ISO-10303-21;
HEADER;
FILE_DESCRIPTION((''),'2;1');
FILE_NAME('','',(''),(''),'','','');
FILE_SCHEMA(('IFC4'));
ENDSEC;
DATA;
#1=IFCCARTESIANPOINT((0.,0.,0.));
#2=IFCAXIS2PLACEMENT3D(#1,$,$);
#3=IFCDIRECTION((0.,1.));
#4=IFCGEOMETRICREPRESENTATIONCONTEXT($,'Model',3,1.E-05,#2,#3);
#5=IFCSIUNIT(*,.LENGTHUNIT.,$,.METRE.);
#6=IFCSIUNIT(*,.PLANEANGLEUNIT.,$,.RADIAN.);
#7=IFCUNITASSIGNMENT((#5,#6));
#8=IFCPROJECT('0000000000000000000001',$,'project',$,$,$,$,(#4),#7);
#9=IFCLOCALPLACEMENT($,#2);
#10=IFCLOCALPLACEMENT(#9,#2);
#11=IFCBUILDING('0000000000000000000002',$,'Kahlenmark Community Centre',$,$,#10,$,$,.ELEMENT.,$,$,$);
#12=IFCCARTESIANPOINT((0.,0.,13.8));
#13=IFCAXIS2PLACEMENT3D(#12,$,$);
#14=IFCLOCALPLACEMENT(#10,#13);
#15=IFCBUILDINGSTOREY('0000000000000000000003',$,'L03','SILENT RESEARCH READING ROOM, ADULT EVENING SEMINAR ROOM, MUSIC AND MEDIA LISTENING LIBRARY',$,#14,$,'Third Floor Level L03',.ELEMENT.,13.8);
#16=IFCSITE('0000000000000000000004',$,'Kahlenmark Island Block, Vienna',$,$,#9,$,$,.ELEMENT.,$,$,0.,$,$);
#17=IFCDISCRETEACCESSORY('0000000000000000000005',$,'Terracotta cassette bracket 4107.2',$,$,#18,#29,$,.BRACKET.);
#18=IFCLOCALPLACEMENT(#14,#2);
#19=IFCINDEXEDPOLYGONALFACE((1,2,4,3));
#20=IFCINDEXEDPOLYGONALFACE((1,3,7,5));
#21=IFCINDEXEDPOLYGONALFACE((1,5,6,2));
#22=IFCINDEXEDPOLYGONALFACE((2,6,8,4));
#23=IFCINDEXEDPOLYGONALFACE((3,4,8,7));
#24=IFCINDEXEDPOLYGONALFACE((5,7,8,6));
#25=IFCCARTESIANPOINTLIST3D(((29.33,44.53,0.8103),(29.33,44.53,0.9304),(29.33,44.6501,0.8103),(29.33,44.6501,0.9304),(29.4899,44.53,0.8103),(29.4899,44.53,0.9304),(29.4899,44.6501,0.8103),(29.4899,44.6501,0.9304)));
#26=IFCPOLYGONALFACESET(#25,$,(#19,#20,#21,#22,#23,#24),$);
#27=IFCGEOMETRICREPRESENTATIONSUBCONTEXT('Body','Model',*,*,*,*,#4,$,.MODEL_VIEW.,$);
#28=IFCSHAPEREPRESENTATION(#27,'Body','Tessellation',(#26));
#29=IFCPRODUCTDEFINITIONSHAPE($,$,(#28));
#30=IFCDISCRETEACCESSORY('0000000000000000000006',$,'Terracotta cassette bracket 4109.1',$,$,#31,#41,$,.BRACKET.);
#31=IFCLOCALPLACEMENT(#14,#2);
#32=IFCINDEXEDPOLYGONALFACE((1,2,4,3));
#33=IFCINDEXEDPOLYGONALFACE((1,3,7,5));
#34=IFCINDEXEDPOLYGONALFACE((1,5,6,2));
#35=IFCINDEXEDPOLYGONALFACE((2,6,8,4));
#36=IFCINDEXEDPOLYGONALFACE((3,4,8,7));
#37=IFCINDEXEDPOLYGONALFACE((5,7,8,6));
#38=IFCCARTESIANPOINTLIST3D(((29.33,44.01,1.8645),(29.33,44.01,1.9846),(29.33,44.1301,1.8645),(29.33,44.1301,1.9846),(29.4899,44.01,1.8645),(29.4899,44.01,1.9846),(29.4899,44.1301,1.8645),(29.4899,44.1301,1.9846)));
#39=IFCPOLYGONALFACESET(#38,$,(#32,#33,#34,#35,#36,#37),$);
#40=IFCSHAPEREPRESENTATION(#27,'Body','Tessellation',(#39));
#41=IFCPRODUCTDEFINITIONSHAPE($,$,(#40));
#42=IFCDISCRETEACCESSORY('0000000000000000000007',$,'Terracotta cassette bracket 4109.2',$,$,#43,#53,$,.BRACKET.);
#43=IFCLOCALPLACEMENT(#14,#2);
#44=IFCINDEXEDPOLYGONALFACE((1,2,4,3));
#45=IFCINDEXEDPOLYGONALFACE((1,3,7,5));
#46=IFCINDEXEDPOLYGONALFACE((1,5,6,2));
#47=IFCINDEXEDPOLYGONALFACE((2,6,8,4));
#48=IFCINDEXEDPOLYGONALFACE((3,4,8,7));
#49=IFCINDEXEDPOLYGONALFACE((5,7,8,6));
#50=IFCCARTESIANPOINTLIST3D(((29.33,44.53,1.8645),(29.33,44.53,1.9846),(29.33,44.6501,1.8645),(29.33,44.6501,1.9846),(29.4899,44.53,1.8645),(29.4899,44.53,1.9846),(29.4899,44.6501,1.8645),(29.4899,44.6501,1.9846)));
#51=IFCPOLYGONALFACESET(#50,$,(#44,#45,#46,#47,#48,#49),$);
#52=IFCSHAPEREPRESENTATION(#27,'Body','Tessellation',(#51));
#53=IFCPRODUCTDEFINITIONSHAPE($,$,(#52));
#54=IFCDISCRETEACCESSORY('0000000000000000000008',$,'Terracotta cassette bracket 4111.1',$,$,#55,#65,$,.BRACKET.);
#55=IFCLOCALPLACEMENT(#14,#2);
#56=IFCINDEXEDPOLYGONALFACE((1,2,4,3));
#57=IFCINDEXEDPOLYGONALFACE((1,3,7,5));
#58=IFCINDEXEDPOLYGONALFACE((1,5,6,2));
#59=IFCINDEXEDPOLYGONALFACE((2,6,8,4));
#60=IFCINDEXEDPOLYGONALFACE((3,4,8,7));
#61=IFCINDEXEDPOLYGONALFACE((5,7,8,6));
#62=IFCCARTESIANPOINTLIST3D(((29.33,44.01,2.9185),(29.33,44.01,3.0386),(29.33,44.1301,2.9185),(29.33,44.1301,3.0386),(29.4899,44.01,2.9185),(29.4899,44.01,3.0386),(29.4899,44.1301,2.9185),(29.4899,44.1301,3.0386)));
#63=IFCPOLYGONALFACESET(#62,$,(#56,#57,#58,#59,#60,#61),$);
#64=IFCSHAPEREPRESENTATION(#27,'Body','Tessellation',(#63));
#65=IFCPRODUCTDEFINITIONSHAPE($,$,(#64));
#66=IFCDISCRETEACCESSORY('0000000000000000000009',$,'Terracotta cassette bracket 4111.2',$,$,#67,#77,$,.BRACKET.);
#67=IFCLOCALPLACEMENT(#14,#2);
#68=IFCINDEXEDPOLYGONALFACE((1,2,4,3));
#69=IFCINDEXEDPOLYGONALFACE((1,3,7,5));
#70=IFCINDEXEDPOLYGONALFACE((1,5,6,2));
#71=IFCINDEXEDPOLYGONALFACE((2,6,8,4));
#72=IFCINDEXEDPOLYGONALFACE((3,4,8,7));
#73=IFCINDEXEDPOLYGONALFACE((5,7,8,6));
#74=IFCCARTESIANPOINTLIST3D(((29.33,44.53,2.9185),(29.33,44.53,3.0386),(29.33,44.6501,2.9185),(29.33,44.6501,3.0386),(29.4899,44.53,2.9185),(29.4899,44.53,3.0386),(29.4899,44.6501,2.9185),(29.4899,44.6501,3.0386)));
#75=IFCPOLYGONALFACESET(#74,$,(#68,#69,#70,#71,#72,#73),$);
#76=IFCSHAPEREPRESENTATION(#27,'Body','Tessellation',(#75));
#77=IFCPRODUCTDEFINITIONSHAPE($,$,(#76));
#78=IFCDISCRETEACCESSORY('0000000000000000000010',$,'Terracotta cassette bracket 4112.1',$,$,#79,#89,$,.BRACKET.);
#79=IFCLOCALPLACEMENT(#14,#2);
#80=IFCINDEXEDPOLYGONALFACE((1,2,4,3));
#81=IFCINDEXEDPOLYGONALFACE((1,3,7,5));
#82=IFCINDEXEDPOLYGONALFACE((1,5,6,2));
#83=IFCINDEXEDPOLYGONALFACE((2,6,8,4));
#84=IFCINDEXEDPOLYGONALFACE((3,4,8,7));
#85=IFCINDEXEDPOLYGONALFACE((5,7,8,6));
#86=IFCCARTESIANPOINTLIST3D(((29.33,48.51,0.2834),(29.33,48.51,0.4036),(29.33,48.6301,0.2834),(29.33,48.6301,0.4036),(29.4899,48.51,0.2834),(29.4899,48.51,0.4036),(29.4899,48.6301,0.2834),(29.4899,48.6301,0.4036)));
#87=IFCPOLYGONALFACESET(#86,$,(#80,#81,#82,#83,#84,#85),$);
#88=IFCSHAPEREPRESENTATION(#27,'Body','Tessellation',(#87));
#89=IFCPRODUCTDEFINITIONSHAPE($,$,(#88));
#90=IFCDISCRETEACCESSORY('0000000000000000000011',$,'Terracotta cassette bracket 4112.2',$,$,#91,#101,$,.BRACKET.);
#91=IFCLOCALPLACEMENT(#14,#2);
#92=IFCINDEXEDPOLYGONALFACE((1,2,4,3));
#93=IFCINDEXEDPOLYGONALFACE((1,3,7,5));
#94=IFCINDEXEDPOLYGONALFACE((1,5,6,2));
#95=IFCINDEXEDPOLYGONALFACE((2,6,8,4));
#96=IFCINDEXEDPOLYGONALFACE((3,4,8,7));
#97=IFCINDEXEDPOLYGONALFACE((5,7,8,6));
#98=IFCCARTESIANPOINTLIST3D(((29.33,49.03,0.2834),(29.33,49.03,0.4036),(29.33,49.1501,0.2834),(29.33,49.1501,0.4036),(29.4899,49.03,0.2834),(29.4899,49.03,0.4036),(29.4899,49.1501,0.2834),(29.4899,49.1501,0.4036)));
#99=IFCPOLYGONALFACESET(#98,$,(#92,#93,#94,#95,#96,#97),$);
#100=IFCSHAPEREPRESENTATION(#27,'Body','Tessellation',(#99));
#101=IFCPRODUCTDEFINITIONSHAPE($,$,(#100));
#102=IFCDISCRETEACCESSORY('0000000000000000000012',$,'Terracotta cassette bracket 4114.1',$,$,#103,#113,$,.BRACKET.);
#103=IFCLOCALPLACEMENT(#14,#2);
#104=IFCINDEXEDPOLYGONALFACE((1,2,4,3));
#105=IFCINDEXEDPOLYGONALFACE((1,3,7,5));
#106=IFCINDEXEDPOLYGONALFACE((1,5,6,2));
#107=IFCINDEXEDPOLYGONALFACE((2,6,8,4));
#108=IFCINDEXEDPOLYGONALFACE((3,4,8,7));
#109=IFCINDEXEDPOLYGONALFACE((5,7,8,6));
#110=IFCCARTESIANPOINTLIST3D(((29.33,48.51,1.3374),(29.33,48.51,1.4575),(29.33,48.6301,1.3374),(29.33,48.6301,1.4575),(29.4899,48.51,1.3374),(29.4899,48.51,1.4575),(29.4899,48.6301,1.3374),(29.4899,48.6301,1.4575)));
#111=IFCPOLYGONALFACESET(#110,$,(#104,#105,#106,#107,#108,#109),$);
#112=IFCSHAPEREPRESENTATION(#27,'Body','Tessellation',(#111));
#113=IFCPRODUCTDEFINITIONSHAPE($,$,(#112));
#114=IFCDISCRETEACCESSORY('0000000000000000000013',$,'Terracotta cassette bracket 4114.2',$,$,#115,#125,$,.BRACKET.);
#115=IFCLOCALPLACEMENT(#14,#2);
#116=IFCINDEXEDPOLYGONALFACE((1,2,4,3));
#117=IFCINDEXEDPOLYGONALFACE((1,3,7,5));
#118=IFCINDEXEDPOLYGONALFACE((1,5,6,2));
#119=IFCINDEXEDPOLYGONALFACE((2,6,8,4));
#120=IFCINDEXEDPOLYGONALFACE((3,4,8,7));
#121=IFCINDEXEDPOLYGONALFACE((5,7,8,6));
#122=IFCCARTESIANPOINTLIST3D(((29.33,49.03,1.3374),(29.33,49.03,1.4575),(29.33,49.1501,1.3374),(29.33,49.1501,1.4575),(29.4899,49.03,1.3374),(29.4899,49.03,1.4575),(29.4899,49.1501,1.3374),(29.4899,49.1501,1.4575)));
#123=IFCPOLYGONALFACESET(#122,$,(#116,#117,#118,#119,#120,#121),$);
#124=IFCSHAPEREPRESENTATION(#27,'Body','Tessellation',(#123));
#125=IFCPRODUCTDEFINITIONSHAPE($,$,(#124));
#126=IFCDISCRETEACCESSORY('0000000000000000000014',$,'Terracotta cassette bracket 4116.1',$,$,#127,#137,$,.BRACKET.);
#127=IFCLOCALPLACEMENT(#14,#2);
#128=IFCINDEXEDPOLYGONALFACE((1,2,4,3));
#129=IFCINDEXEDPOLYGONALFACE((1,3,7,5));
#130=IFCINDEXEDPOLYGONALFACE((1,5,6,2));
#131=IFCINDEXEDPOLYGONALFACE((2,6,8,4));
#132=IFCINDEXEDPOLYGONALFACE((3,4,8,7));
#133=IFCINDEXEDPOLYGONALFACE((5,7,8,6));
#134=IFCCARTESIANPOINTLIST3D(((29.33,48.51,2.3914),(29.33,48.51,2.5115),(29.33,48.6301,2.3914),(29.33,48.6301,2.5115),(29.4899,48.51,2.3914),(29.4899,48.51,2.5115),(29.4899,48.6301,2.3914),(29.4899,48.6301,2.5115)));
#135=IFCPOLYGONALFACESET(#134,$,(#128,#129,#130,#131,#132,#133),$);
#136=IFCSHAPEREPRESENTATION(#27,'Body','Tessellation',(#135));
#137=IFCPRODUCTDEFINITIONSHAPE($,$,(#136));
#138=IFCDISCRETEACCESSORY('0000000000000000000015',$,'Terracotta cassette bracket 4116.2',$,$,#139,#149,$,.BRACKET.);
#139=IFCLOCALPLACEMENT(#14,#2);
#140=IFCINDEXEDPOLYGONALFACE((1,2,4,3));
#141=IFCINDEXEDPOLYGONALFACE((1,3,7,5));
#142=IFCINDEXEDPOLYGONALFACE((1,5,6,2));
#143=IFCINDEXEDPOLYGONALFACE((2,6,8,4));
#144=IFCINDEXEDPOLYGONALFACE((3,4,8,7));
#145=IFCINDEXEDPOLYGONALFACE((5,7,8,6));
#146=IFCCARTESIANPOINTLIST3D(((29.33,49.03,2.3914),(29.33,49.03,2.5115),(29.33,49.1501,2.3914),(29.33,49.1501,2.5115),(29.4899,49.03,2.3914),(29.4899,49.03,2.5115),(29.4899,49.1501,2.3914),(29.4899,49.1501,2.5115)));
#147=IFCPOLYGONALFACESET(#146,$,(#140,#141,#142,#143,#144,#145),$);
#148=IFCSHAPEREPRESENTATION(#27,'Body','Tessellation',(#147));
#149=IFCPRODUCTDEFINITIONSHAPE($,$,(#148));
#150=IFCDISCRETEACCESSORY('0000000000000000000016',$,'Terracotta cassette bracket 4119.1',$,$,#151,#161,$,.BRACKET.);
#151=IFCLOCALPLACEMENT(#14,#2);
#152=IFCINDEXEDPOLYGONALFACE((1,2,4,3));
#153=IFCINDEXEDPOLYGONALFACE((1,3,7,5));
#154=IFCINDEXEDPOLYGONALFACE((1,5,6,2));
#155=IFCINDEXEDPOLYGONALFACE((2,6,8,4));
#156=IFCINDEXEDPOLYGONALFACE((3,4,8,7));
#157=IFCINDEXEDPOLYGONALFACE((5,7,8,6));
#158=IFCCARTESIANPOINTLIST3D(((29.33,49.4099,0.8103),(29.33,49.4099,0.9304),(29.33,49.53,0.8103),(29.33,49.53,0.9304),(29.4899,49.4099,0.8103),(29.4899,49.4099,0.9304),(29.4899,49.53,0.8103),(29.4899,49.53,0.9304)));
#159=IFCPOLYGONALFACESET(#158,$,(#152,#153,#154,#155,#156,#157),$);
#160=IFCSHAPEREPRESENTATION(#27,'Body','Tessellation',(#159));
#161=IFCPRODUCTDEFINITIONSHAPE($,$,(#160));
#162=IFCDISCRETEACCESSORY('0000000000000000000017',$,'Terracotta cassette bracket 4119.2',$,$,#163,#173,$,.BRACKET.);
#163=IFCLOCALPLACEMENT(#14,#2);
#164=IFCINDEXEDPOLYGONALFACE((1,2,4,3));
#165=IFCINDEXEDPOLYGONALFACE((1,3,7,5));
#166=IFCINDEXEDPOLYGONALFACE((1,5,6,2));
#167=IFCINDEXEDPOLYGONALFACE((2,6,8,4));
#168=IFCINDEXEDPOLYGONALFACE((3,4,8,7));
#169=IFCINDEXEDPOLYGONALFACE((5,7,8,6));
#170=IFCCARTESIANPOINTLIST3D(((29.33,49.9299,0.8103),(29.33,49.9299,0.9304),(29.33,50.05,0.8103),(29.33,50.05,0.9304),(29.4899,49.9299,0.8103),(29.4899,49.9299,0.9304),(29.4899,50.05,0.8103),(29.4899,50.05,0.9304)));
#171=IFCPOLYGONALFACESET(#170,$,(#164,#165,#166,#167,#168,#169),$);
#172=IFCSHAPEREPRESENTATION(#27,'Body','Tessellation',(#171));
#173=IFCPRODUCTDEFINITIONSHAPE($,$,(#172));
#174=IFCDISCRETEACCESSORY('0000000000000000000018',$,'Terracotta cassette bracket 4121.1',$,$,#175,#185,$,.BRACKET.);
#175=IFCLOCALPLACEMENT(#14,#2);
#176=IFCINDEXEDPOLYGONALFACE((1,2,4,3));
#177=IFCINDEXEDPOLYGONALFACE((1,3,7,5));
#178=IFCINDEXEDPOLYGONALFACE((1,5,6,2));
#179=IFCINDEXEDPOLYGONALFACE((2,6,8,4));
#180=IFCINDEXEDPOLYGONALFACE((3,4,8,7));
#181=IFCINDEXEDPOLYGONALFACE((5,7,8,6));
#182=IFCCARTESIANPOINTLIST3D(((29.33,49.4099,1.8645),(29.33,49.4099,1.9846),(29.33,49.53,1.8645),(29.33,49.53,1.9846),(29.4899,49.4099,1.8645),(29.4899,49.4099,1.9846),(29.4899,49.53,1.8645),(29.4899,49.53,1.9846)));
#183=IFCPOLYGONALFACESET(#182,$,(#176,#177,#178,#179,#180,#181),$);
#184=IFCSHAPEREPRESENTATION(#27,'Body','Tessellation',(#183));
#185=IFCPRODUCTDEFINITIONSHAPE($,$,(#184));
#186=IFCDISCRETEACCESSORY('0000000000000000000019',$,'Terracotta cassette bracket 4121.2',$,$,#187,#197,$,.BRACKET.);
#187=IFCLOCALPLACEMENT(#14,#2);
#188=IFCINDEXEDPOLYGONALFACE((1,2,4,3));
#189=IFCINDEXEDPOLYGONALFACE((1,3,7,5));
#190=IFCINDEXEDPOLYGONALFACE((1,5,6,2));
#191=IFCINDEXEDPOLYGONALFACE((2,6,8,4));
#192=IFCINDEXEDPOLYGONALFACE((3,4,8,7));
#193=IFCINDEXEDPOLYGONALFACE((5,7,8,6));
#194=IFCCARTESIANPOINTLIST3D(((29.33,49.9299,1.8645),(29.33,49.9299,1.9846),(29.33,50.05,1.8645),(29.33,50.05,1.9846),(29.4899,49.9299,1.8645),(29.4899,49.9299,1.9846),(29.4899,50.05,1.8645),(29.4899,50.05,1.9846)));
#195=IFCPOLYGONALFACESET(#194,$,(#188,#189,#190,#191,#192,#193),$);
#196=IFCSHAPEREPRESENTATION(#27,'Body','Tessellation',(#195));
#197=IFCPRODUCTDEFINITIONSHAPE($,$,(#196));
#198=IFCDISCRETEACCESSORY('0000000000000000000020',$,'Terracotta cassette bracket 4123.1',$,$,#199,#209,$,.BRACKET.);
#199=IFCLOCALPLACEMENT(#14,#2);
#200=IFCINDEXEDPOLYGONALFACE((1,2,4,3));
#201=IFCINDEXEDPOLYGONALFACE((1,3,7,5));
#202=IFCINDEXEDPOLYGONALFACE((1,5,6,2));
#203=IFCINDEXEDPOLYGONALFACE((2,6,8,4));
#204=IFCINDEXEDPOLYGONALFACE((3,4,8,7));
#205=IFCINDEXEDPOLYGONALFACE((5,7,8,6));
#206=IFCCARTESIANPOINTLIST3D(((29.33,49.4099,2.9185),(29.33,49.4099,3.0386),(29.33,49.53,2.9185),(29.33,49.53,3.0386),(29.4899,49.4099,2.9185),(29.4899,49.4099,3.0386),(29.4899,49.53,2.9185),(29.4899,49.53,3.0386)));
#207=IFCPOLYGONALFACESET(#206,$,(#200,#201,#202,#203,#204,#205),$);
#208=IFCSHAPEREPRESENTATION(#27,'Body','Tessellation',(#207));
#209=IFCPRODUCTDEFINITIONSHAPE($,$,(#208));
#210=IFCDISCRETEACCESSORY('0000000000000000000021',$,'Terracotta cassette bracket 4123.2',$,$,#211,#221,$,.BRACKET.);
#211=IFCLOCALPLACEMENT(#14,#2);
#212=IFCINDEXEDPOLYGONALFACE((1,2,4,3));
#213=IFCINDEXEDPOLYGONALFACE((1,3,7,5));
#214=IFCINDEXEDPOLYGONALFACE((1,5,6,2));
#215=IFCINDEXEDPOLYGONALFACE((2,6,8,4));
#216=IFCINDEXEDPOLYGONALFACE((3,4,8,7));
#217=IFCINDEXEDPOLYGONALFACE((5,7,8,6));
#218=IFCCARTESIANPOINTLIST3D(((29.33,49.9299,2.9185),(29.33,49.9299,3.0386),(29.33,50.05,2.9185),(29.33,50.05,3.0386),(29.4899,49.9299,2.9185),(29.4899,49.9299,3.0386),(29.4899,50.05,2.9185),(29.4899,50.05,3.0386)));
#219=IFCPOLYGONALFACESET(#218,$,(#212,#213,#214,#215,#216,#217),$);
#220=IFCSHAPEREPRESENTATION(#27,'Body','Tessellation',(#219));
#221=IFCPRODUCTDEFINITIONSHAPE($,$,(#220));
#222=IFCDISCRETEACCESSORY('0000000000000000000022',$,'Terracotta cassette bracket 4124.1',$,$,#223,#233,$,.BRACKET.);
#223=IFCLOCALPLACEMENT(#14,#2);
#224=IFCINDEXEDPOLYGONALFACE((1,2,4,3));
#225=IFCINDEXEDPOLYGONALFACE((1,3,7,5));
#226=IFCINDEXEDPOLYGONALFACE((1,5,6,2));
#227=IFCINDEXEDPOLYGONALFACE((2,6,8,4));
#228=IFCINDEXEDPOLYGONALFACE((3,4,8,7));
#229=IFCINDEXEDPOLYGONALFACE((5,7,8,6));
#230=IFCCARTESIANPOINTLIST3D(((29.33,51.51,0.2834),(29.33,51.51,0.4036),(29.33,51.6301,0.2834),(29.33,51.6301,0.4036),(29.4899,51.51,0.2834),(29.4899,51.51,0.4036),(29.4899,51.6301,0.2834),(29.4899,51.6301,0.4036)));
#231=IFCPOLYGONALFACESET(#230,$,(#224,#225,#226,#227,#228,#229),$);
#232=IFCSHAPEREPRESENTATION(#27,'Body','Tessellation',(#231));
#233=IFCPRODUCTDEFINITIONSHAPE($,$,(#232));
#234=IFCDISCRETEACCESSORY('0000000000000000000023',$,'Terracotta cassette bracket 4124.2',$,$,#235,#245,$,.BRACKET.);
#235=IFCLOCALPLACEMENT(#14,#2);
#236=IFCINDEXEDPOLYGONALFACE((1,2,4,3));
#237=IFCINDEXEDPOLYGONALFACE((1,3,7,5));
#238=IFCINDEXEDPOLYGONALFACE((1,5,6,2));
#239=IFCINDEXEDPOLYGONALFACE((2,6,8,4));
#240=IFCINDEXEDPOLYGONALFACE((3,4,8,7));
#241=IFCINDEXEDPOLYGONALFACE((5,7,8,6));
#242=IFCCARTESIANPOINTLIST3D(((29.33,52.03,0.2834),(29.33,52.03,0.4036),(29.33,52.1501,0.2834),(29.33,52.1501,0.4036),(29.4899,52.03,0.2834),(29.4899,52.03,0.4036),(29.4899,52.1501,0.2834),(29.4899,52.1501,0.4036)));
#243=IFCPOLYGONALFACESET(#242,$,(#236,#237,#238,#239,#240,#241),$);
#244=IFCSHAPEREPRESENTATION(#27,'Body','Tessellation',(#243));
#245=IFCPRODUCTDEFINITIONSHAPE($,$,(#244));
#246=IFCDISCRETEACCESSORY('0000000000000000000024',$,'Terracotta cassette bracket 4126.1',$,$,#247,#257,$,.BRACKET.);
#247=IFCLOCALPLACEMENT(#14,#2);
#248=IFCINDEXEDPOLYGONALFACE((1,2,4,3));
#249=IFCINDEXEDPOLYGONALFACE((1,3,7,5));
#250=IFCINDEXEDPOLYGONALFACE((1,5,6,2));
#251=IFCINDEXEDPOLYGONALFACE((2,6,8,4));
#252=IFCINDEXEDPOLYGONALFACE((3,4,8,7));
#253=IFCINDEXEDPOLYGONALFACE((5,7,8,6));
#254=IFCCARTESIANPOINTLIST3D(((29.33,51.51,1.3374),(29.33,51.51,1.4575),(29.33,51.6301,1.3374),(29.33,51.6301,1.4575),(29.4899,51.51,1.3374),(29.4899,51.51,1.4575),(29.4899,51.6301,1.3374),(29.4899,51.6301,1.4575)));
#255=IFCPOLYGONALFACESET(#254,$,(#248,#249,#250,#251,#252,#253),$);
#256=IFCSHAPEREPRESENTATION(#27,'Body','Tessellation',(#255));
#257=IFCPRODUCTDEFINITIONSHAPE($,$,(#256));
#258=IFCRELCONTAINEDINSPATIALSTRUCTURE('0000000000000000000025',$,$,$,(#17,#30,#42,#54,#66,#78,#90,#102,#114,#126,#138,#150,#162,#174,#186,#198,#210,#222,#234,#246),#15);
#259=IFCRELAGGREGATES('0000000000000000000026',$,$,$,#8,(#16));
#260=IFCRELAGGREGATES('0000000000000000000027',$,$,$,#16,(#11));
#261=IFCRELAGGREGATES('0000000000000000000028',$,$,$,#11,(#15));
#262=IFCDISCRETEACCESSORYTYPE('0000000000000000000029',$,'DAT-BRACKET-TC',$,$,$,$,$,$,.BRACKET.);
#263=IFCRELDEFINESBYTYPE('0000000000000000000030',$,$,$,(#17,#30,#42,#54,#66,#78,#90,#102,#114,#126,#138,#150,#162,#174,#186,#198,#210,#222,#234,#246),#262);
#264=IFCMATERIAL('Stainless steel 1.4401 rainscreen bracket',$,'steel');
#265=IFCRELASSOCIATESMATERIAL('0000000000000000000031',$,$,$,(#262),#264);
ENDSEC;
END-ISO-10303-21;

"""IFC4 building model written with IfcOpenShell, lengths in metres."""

from ifc_helpers import new_model, si_unit, direction, frame, origin, origin_2d, place, context, subcontext, project, spatial, rectangle, extrude, material, type_object, element, save


model = new_model("IFC4")

# Units and contexts
model_context = context("Model", 3, precision=1e-05, world=origin(), true_north=direction((0.0, 1.0)))
body_context = subcontext(model_context, "Body", "Model", "MODEL_VIEW")
ifc_project = project(units=[si_unit("LENGTHUNIT", "METRE"), si_unit("PLANEANGLEUNIT", "RADIAN")], contexts=[model_context])

# Site, building, storey
site_placement = place(None, origin())
site = spatial("IfcSite", under=ifc_project, at=site_placement, Name="Kahlenmark Island Block, Vienna", CompositionType="ELEMENT", RefElevation=0.0)
building_placement = place(site_placement, origin())
building = spatial("IfcBuilding", under=site, at=building_placement, Name="Kahlenmark Community Centre", CompositionType="ELEMENT")
storey_placement = place(building_placement, frame((0.0, 0.0, 13.8)))
storey = spatial("IfcBuildingStorey", under=building, at=storey_placement, Name="L03", Description="SILENT RESEARCH READING ROOM, ADULT EVENING SEMINAR ROOM, MUSIC AND MEDIA LISTENING LIBRARY", LongName="Third Floor Level L03", CompositionType="ELEMENT", Elevation=13.8)

# Discrete accessories
ifc_material = material(Name="Stainless steel 1.4401 rainscreen bracket", Category="steel")
discrete_accessory_type = type_object("IfcDiscreteAccessoryType", Name="DAT-BRACKET-TC", PredefinedType="BRACKET", material=ifc_material)
for number, where, z_axis, x_axis, name in (
    (1, (29.4099, 44.5901, 0.8103), (0.0, 0.0, 1.0), (0.0, 1.0, 0.0), "Terracotta cassette bracket 4107.2"),
    (2, (29.4099, 44.0701, 1.8645), (0.0, 0.0, 1.0), (0.0, 1.0, 0.0), "Terracotta cassette bracket 4109.1"),
    (3, (29.4099, 44.5901, 1.8645), (0.0, 0.0, 1.0), (0.0, 1.0, 0.0), "Terracotta cassette bracket 4109.2"),
    (4, (29.4099, 44.0701, 2.9185), (0.0, 0.0, 1.0), (0.0, 1.0, 0.0), "Terracotta cassette bracket 4111.1"),
    (5, (29.4099, 44.5901, 2.9185), (0.0, 0.0, 1.0), (0.0, 1.0, 0.0), "Terracotta cassette bracket 4111.2"),
    (6, (29.4099, 48.5701, 0.2834), (0.0, 0.0, 1.0), (0.0, 1.0, 0.0), "Terracotta cassette bracket 4112.1"),
    (7, (29.4099, 49.0901, 0.2834), (0.0, 0.0, 1.0), (0.0, 1.0, 0.0), "Terracotta cassette bracket 4112.2"),
    (8, (29.4099, 48.5701, 1.3374), (0.0, 0.0, 1.0), (0.0, 1.0, 0.0), "Terracotta cassette bracket 4114.1"),
    (9, (29.4099, 49.0901, 1.3374), (0.0, 0.0, 1.0), (0.0, 1.0, 0.0), "Terracotta cassette bracket 4114.2"),
    (10, (29.4099, 48.5701, 2.3914), (0.0, 0.0, 1.0), (0.0, 1.0, 0.0), "Terracotta cassette bracket 4116.1"),
    (11, (29.4099, 49.0901, 2.3914), (0.0, 0.0, 1.0), (0.0, 1.0, 0.0), "Terracotta cassette bracket 4116.2"),
    (12, (29.4099, 49.47, 0.8103), (0.0, 0.0, 1.0), (0.0, 1.0, 0.0), "Terracotta cassette bracket 4119.1"),
    (13, (29.4099, 49.99, 0.8103), (0.0, 0.0, 1.0), (0.0, 1.0, 0.0), "Terracotta cassette bracket 4119.2"),
    (14, (29.4099, 49.47, 1.8645), (0.0, 0.0, 1.0), (0.0, 1.0, 0.0), "Terracotta cassette bracket 4121.1"),
    (15, (29.4099, 49.99, 1.8645), (0.0, 0.0, 1.0), (0.0, 1.0, 0.0), "Terracotta cassette bracket 4121.2"),
    (16, (29.4099, 49.47, 2.9185), (0.0, 0.0, 1.0), (0.0, 1.0, 0.0), "Terracotta cassette bracket 4123.1"),
    (17, (29.4099, 49.99, 2.9185), (0.0, 0.0, 1.0), (0.0, 1.0, 0.0), "Terracotta cassette bracket 4123.2"),
    (18, (29.4099, 51.5701, 0.2834), (0.0, 0.0, 1.0), (0.0, 1.0, 0.0), "Terracotta cassette bracket 4124.1"),
    (19, (29.4099, 52.0901, 0.2834), (0.0, 0.0, 1.0), (0.0, 1.0, 0.0), "Terracotta cassette bracket 4124.2"),
    (20, (29.4099, 51.5701, 1.3374), (0.0, 0.0, 1.0), (0.0, 1.0, 0.0), "Terracotta cassette bracket 4126.1"),
):
    element("IfcDiscreteAccessory", number, at=place(storey_placement, frame(where, z_axis=z_axis, x_axis=x_axis)), inside=storey, type_object=discrete_accessory_type, Name=name, PredefinedType="BRACKET", context=body_context, shape_type="SweptSolid", body=[
        extrude(rectangle(XDim=0.1201, YDim=0.1599, at=origin_2d()), origin(), (0.0, 0.0, 1.0), 0.1201),
    ])

save(model, "model.ifc")
